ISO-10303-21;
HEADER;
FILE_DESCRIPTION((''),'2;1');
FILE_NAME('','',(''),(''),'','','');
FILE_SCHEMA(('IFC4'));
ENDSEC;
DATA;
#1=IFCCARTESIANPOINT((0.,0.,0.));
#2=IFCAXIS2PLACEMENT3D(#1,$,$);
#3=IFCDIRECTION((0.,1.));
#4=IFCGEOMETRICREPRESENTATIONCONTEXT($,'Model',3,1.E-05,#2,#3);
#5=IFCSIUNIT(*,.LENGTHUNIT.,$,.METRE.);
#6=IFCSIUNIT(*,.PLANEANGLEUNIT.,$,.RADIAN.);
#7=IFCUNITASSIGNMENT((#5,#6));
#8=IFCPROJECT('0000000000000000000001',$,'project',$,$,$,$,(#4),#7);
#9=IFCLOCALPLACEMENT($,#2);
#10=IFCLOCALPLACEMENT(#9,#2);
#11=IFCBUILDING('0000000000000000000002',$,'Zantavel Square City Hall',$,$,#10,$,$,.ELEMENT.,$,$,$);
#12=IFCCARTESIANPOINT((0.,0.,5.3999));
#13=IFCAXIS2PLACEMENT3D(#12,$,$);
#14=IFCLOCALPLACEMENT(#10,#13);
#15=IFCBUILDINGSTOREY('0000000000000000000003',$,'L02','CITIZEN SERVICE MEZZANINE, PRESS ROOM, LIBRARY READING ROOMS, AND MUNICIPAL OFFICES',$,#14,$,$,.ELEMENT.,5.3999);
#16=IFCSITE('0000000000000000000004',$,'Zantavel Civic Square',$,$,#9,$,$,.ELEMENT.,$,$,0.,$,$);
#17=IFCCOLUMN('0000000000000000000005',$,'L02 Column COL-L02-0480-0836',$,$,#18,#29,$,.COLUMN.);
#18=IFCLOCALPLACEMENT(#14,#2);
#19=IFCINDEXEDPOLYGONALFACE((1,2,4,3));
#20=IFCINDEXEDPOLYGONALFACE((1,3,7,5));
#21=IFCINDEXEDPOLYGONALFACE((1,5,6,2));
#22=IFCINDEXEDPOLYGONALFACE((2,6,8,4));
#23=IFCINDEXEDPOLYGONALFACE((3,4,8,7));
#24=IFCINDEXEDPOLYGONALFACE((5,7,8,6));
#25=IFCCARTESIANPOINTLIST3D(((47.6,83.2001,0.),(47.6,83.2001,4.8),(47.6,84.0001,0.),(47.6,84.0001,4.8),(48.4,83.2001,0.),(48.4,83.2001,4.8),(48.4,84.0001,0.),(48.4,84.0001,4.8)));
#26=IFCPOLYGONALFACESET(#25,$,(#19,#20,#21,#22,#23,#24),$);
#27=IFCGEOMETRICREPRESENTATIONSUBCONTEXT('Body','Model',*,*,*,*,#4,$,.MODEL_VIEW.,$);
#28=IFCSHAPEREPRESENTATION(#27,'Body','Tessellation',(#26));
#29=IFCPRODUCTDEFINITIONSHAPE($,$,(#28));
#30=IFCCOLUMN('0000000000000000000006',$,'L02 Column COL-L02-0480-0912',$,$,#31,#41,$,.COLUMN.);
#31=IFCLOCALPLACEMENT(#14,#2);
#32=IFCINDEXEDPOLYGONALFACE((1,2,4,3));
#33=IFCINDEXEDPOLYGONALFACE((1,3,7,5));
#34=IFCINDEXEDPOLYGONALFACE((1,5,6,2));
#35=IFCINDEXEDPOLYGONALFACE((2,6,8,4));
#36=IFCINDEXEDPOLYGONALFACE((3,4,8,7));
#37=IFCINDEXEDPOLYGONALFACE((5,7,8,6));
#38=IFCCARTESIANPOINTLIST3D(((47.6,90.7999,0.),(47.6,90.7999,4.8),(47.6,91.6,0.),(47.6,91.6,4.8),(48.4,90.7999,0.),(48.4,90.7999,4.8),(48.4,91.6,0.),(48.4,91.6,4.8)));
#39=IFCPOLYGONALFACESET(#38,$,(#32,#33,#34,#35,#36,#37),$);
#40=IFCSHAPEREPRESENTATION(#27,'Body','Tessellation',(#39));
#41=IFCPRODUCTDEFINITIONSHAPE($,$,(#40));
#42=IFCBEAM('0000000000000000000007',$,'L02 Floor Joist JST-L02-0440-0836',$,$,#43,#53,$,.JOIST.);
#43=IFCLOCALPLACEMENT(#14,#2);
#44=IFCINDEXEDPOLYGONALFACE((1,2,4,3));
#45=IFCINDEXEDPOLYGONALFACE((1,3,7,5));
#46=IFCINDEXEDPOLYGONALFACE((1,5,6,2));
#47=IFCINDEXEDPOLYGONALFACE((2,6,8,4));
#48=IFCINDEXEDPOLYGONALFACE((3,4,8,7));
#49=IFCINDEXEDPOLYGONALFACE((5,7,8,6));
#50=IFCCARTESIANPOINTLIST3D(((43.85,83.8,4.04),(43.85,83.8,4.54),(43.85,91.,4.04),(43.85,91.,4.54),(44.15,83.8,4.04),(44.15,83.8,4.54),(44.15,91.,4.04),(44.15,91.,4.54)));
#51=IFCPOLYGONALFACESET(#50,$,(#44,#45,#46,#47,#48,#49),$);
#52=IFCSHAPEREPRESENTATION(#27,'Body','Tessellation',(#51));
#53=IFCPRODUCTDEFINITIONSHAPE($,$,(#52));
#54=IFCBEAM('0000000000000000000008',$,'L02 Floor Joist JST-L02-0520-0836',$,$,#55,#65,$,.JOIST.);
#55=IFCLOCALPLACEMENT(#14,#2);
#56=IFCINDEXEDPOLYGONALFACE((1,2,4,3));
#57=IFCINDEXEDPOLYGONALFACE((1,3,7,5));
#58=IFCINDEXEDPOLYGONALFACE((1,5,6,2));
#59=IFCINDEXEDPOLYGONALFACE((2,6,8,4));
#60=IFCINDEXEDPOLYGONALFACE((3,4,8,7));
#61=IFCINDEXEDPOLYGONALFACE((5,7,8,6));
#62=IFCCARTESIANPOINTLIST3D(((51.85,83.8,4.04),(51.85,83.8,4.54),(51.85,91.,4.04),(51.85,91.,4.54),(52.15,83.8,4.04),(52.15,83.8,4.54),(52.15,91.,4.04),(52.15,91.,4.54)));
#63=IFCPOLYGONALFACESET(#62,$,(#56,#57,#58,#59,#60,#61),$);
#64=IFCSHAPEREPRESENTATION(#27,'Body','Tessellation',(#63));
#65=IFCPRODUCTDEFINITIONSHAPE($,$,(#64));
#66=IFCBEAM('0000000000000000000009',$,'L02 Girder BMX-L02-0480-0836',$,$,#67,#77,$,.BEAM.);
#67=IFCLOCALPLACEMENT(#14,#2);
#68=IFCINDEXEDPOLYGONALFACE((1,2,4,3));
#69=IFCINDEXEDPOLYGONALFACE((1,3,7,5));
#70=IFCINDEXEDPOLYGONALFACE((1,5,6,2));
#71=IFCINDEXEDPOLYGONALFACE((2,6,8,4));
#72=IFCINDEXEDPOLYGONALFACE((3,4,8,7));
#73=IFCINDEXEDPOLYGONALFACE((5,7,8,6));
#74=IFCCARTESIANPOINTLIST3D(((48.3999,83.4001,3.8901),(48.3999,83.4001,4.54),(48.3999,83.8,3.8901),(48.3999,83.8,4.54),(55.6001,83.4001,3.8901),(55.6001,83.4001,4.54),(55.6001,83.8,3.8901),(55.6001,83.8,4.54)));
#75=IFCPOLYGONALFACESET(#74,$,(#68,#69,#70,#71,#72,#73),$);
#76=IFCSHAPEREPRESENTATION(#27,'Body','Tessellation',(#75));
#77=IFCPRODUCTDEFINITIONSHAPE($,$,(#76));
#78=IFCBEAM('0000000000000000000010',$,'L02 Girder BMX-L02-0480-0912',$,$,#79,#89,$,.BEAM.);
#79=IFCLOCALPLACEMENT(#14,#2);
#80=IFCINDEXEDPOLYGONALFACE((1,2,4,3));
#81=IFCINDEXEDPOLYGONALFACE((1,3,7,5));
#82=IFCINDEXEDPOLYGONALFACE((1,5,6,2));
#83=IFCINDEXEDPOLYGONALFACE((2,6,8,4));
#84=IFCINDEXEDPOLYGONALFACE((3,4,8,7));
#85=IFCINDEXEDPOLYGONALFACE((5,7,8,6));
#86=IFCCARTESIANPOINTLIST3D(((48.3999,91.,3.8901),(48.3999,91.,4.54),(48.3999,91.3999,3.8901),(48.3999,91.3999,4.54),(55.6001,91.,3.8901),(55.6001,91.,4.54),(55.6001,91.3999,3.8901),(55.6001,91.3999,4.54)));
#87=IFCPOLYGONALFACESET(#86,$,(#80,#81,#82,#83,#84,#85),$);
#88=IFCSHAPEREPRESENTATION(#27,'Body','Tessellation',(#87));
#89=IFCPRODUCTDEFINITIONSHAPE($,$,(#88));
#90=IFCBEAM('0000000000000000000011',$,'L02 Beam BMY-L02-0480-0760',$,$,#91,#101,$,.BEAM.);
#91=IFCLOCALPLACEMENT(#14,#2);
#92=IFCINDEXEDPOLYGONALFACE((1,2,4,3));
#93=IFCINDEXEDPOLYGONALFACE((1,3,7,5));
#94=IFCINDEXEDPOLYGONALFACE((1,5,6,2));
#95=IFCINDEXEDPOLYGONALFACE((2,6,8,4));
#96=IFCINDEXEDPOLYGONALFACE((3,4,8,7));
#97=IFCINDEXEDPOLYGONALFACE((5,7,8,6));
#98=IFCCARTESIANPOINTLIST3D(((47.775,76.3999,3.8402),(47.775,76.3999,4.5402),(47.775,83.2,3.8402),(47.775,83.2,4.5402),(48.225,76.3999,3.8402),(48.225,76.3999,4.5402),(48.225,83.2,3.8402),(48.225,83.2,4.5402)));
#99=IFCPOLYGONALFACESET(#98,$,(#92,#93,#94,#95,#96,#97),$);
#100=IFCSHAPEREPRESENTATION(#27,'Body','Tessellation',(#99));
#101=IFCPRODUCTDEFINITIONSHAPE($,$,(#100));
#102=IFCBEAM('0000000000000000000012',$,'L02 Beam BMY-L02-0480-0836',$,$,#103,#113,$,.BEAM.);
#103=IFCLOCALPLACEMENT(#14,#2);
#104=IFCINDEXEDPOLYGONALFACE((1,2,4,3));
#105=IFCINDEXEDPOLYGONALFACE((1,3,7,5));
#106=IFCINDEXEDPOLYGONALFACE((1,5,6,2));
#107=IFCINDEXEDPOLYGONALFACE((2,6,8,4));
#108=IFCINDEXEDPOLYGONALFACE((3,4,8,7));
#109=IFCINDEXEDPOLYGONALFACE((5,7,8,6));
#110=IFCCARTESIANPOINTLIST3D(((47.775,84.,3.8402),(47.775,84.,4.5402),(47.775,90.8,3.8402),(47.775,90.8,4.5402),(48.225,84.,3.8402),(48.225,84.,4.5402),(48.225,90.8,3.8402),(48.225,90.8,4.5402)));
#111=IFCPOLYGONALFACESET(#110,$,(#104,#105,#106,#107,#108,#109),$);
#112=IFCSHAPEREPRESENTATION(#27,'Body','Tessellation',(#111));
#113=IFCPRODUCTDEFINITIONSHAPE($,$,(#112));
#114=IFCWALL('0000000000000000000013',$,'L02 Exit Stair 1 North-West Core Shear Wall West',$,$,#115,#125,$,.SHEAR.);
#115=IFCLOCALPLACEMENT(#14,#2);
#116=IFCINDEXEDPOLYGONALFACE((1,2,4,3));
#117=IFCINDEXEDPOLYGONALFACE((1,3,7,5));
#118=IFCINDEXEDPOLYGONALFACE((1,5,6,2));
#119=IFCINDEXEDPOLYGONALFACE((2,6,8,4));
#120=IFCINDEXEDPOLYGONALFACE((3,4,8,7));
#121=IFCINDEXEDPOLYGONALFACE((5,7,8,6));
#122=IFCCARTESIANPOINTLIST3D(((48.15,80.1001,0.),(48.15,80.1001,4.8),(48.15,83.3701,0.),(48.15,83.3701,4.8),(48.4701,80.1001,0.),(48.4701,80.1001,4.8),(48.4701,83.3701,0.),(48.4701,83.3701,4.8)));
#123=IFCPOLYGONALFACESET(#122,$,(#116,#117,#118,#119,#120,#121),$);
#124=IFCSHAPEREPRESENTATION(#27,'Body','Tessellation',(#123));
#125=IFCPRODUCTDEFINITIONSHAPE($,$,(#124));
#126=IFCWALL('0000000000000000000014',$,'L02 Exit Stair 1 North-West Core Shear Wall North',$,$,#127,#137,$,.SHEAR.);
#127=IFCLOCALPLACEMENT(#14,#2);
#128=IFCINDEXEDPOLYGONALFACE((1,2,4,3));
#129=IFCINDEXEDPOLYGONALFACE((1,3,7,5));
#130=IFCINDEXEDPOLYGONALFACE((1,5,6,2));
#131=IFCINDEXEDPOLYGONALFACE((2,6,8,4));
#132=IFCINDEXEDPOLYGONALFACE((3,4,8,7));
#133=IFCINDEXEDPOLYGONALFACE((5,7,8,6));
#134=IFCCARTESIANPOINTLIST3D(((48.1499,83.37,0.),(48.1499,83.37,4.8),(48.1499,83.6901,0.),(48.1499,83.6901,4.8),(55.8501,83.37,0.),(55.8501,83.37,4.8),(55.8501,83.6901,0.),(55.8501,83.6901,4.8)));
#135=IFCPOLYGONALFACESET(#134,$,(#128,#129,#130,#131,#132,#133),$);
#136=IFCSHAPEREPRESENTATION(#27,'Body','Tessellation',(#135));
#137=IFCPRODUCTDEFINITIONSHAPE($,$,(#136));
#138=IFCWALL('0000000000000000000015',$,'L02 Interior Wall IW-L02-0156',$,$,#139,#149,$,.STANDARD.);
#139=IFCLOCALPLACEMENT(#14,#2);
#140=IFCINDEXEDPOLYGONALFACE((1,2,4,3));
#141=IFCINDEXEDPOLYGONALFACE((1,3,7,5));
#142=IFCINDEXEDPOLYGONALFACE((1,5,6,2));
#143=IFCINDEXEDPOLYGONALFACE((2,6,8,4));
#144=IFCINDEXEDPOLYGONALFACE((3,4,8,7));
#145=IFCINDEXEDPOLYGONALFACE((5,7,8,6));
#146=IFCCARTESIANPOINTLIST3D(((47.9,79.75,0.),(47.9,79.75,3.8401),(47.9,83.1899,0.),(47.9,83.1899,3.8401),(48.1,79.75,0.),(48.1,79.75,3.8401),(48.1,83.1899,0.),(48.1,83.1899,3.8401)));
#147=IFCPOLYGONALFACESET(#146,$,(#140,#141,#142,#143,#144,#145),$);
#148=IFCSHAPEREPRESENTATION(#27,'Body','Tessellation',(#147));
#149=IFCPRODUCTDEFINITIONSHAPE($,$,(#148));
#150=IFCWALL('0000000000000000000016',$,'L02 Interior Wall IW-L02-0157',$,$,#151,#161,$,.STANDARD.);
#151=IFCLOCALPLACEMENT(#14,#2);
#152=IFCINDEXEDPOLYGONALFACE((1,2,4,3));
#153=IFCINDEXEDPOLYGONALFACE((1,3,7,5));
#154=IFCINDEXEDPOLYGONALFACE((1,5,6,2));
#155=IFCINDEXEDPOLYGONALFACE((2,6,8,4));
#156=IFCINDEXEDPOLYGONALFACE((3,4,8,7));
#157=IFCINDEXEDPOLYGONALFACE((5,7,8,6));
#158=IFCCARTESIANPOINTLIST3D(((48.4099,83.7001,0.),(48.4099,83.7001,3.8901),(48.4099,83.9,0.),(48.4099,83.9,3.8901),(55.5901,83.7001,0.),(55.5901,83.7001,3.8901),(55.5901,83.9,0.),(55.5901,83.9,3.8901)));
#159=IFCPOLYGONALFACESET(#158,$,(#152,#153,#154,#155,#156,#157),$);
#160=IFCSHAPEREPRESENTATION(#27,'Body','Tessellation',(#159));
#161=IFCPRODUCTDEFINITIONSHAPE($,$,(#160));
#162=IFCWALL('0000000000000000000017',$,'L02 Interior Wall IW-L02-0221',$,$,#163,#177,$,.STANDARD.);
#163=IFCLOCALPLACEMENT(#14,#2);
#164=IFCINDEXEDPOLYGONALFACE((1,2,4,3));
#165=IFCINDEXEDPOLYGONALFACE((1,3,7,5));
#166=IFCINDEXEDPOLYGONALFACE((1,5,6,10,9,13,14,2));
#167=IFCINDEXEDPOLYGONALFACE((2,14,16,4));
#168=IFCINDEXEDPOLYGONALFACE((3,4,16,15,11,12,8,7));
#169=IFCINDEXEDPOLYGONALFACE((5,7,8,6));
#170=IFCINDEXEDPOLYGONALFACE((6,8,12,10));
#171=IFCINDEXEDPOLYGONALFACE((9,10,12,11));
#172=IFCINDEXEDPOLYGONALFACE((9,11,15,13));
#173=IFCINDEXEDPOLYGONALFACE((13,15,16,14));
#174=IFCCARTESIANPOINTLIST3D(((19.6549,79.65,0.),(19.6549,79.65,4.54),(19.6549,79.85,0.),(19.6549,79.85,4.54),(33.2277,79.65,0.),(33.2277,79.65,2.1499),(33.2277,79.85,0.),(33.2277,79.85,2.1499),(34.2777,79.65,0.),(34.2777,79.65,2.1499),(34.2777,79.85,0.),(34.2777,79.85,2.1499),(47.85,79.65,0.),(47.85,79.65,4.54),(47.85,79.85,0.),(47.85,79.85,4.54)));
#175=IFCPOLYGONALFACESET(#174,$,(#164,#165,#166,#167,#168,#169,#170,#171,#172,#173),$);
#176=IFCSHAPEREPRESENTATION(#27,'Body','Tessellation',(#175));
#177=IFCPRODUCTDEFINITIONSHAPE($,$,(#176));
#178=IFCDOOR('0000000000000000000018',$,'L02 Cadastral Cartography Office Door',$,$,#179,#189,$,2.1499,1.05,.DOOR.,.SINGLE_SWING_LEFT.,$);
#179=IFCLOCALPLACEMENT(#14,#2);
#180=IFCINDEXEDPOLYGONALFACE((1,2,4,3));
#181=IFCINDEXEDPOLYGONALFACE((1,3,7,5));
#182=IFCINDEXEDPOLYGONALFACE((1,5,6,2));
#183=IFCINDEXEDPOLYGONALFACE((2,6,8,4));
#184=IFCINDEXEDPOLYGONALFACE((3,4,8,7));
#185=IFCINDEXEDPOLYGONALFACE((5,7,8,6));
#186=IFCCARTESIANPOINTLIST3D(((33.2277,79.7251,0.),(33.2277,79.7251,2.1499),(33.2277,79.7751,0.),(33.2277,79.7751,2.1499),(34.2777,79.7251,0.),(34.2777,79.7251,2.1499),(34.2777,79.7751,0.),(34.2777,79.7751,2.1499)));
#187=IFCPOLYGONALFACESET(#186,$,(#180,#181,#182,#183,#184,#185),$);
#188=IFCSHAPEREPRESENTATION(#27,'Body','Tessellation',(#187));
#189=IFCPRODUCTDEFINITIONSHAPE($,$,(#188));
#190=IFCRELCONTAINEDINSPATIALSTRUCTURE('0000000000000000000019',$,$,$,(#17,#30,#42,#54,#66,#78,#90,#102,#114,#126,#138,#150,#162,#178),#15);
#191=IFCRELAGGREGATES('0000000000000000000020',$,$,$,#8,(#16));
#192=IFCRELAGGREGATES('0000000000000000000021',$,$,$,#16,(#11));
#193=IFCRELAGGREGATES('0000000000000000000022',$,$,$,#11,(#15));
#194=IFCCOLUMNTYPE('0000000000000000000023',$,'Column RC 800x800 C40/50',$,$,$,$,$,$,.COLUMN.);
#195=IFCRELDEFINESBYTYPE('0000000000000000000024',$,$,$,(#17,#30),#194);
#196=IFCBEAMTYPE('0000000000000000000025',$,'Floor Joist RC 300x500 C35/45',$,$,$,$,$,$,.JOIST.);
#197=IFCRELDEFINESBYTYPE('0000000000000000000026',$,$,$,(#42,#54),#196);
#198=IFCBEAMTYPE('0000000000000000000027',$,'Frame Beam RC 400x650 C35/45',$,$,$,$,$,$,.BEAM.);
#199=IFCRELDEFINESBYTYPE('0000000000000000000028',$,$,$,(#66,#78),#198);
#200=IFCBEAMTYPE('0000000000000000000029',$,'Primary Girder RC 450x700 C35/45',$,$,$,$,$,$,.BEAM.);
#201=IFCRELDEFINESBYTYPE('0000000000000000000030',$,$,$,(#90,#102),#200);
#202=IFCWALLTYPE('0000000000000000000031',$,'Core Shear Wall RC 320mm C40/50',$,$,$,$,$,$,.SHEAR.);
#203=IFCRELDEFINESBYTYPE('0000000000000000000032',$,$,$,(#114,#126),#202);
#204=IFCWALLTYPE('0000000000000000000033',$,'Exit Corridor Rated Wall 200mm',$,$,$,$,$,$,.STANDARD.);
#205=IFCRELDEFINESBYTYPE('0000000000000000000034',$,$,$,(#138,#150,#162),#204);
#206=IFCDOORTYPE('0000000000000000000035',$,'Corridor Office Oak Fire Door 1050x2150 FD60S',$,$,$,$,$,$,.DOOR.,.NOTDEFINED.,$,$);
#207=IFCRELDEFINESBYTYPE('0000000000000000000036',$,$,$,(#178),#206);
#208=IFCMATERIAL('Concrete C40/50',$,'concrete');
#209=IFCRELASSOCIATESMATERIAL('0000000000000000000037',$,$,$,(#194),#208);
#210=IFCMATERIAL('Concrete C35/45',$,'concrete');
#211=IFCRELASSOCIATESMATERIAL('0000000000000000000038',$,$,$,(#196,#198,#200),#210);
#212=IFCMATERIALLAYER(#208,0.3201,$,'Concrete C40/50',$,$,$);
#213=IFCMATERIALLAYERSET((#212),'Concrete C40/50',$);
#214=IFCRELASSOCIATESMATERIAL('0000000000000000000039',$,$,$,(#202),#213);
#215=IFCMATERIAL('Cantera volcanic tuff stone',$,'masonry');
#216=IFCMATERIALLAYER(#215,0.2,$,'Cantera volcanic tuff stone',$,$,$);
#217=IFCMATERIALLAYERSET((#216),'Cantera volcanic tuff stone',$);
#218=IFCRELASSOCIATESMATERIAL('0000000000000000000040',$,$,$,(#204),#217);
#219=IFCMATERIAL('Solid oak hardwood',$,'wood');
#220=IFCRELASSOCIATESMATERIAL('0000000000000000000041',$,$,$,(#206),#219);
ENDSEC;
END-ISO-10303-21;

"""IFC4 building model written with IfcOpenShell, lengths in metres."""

from ifc_helpers import new_model, si_unit, direction, frame, frame_2d, origin, origin_2d, place, context, subcontext, project, spatial, rectangle, extrude, material, layer, layer_set, material_profile, profile_set, type_object, element, fill, save


model = new_model("IFC4")

# Units and contexts
model_context = context("Model", 3, precision=1e-05, world=origin(), true_north=direction((0.0, 1.0)))
body_context = subcontext(model_context, "Body", "Model", "MODEL_VIEW")
ifc_project = project(units=[si_unit("LENGTHUNIT", "METRE"), si_unit("PLANEANGLEUNIT", "RADIAN")], contexts=[model_context])

# Site, building, storey
site_placement = place(None, origin())
site = spatial("IfcSite", under=ifc_project, at=site_placement, Name="Zantavel Civic Square", CompositionType="ELEMENT", RefElevation=0.0)
building_placement = place(site_placement, origin())
building = spatial("IfcBuilding", under=site, at=building_placement, Name="Zantavel Square City Hall", CompositionType="ELEMENT")
storey_placement = place(building_placement, frame((0.0, 0.0, 5.3999)))
storey = spatial("IfcBuildingStorey", under=building, at=storey_placement, Name="L02", Description="CITIZEN SERVICE MEZZANINE, PRESS ROOM, LIBRARY READING ROOMS, AND MUNICIPAL OFFICES", CompositionType="ELEMENT", Elevation=5.3999)

# Columns
ifc_material_1 = material(Name="Concrete C40/50", Category="concrete")
ifc_material_profile_1 = material_profile(ifc_material_1, rectangle(XDim=0.8, YDim=0.8, at=origin_2d()), Name="RC 800x800")
ifc_profile_set_1 = profile_set([ifc_material_profile_1], Name="Concrete C40/50")
column_type = type_object("IfcColumnType", Name="Column RC 800x800 C40/50", PredefinedType="COLUMN", material=ifc_profile_set_1)
for number, where, z_axis, x_axis, name in (
    (1, (48.0, 83.6001, 0.0), (0.0, 0.0, 1.0), (1.0, 0.0, 0.0), "L02 Column COL-L02-0480-0836"),
    (2, (48.0, 91.2, 0.0), (0.0, 0.0, 1.0), (1.0, 0.0, 0.0), "L02 Column COL-L02-0480-0912"),
):
    element("IfcColumn", number, at=place(storey_placement, frame(where, z_axis=z_axis, x_axis=x_axis)), inside=storey, type_object=column_type, Name=name, PredefinedType="COLUMN", context=body_context, shape_type="SweptSolid", body=[
        extrude(rectangle(XDim=0.8, YDim=0.8, at=origin_2d()), origin(), (0.0, 0.0, 1.0), 4.8),
    ])

# Beams
ifc_material_2 = material(Name="Concrete C35/45", Category="concrete")
ifc_material_profile_2 = material_profile(ifc_material_2, rectangle(XDim=0.3, YDim=0.5, at=origin_2d()), Name="RC 300x500")
ifc_profile_set_2 = profile_set([ifc_material_profile_2], Name="Concrete C35/45")
beam_type_1 = type_object("IfcBeamType", Name="Floor Joist RC 300x500 C35/45", PredefinedType="JOIST", material=ifc_profile_set_2)
for number, where, z_axis, x_axis, name in (
    (3, (44.0, 83.8, 4.29), (0.0, 1.0, 0.0), (-1.0, 0.0, 0.0), "L02 Floor Joist JST-L02-0440-0836"),
    (4, (52.0, 83.8, 4.29), (0.0, 1.0, 0.0), (-1.0, 0.0, 0.0), "L02 Floor Joist JST-L02-0520-0836"),
):
    element("IfcBeam", number, at=place(storey_placement, frame(where, z_axis=z_axis, x_axis=x_axis)), inside=storey, type_object=beam_type_1, Name=name, PredefinedType="JOIST", context=body_context, shape_type="SweptSolid", body=[
        extrude(rectangle(XDim=0.3, YDim=0.5, at=origin_2d()), origin(), (0.0, 0.0, 1.0), 7.2),
    ])
ifc_material_profile_3 = material_profile(ifc_material_2, rectangle(XDim=0.3999, YDim=0.6499, at=origin_2d()), Name="RC 400x650")
ifc_profile_set_3 = profile_set([ifc_material_profile_3], Name="Concrete C35/45")
beam_type_2 = type_object("IfcBeamType", Name="Frame Beam RC 400x650 C35/45", PredefinedType="BEAM", material=ifc_profile_set_3)
for number, where, z_axis, x_axis, name in (
    (5, (48.3999, 83.6001, 4.2151), (1.0, 0.0, 0.0), (0.0, 1.0, 0.0), "L02 Girder BMX-L02-0480-0836"),
    (6, (48.3999, 91.2, 4.2151), (1.0, 0.0, 0.0), (0.0, 1.0, 0.0), "L02 Girder BMX-L02-0480-0912"),
):
    element("IfcBeam", number, at=place(storey_placement, frame(where, z_axis=z_axis, x_axis=x_axis)), inside=storey, type_object=beam_type_2, Name=name, PredefinedType="BEAM", context=body_context, shape_type="SweptSolid", body=[
        extrude(rectangle(XDim=0.3999, YDim=0.6499, at=origin_2d()), origin(), (0.0, 0.0, 1.0), 7.2002),
    ])
ifc_material_profile_4 = material_profile(ifc_material_2, rectangle(XDim=0.45, YDim=0.7, at=origin_2d()), Name="RC 450x700")
ifc_profile_set_4 = profile_set([ifc_material_profile_4], Name="Concrete C35/45")
beam_type_3 = type_object("IfcBeamType", Name="Primary Girder RC 450x700 C35/45", PredefinedType="BEAM", material=ifc_profile_set_4)
for number, where, z_axis, x_axis, name in (
    (7, (48.0, 76.3999, 4.1902), (0.0, 1.0, 0.0), (-1.0, 0.0, 0.0), "L02 Beam BMY-L02-0480-0760"),
    (8, (48.0, 84.0, 4.1902), (0.0, 1.0, 0.0), (-1.0, 0.0, 0.0), "L02 Beam BMY-L02-0480-0836"),
):
    element("IfcBeam", number, at=place(storey_placement, frame(where, z_axis=z_axis, x_axis=x_axis)), inside=storey, type_object=beam_type_3, Name=name, PredefinedType="BEAM", context=body_context, shape_type="SweptSolid", body=[
        extrude(rectangle(XDim=0.45, YDim=0.7, at=origin_2d()), origin(), (0.0, 0.0, 1.0), 6.8),
    ])

# Walls
ifc_layer_1 = layer(ifc_material_1, 0.3201, Name="Concrete C40/50")
ifc_layer_set_1 = layer_set([ifc_layer_1], Name="Concrete C40/50")
wall_type_1 = type_object("IfcWallType", Name="Core Shear Wall RC 320mm C40/50", PredefinedType="SHEAR", material=ifc_layer_set_1)
wall_1_placement = place(storey_placement, frame((48.3101, 80.1001, 0.0), z_axis=(0.0, 0.0, 1.0), x_axis=(0.0, 1.0, 0.0)))
element("IfcWall", 9, at=wall_1_placement, inside=storey, type_object=wall_type_1, Name="L02 Exit Stair 1 North-West Core Shear Wall West", PredefinedType="SHEAR", context=body_context, shape_type="SweptSolid", body=[
    extrude(rectangle(XDim=3.27, YDim=0.3201, at=frame_2d((1.635, 0.0))), origin(), (0.0, 0.0, 1.0), 4.8),
])
wall_2_placement = place(storey_placement, frame((48.1499, 83.53, 0.0), z_axis=(0.0, 0.0, 1.0), x_axis=(1.0, 0.0, 0.0)))
element("IfcWall", 10, at=wall_2_placement, inside=storey, type_object=wall_type_1, Name="L02 Exit Stair 1 North-West Core Shear Wall North", PredefinedType="SHEAR", context=body_context, shape_type="SweptSolid", body=[
    extrude(rectangle(XDim=7.7002, YDim=0.3201, at=frame_2d((3.8501, 0.0))), origin(), (0.0, 0.0, 1.0), 4.8),
])
ifc_material_3 = material(Name="Cantera volcanic tuff stone", Category="masonry")
ifc_layer_2 = layer(ifc_material_3, 0.2, Name="Cantera volcanic tuff stone")
ifc_layer_set_2 = layer_set([ifc_layer_2], Name="Cantera volcanic tuff stone")
wall_type_2 = type_object("IfcWallType", Name="Exit Corridor Rated Wall 200mm", PredefinedType="STANDARD", material=ifc_layer_set_2)
wall_3_placement = place(storey_placement, frame((48.0, 79.75, 0.0), z_axis=(0.0, 0.0, 1.0), x_axis=(0.0, 1.0, 0.0)))
element("IfcWall", 11, at=wall_3_placement, inside=storey, type_object=wall_type_2, Name="L02 Interior Wall IW-L02-0156", PredefinedType="STANDARD", context=body_context, shape_type="SweptSolid", body=[
    extrude(rectangle(XDim=3.4399, YDim=0.2, at=frame_2d((1.72, 0.0))), origin(), (0.0, 0.0, 1.0), 3.8401),
])
wall_4_placement = place(storey_placement, frame((48.4099, 83.8, 0.0), z_axis=(0.0, 0.0, 1.0), x_axis=(1.0, 0.0, 0.0)))
element("IfcWall", 12, at=wall_4_placement, inside=storey, type_object=wall_type_2, Name="L02 Interior Wall IW-L02-0157", PredefinedType="STANDARD", context=body_context, shape_type="SweptSolid", body=[
    extrude(rectangle(XDim=7.1802, YDim=0.2, at=frame_2d((3.5901, 0.0))), origin(), (0.0, 0.0, 1.0), 3.8901),
])

# Wall, opening, door
wall_5_placement = place(storey_placement, frame((47.8501, 79.75, 0.0), z_axis=(0.0, 0.0, 1.0), x_axis=(-1.0, 0.0, 0.0)))
wall_5 = element("IfcWall", 13, at=wall_5_placement, inside=storey, type_object=wall_type_2, Name="L02 Interior Wall IW-L02-0221", PredefinedType="STANDARD", context=body_context, shape_type="SweptSolid", body=[
    extrude(rectangle(XDim=28.1951, YDim=0.2, at=frame_2d((14.0977, 0.0))), origin(), (0.0, 0.0, 1.0), 4.54),
])
opening_placement = place(wall_5_placement, frame((13.5725, 0.0, 0.0)))
opening = element("IfcOpeningElement", 14, at=opening_placement, cuts=wall_5, PredefinedType="OPENING", context=body_context, shape_type="SweptSolid", body=[
    extrude(rectangle(XDim=1.05, YDim=2.1499, at=frame_2d((0.5249, 1.075))), frame((0.0, 0.1099, 0.0), z_axis=(0.0, -1.0, 0.0), x_axis=(1.0, 0.0, 0.0)), (0.0, 0.0, 1.0), 0.22),
])
ifc_material_4 = material(Name="Solid oak hardwood", Category="wood")
door_type = type_object("IfcDoorType", Name="Corridor Office Oak Fire Door 1050x2150 FD60S", OperationType="NOTDEFINED", PredefinedType="DOOR", material=ifc_material_4)
door_placement = place(opening_placement, origin())
door = element("IfcDoor", 15, at=door_placement, inside=storey, type_object=door_type, Name="L02 Cadastral Cartography Office Door", OperationType="SINGLE_SWING_LEFT", OverallHeight=2.1499, OverallWidth=1.05, PredefinedType="DOOR", context=body_context, shape_type="SweptSolid", body=[
    extrude(rectangle(XDim=1.05, YDim=2.1499, at=frame_2d((0.5249, 1.075))), frame((0.0, 0.0249, 0.0), z_axis=(0.0, -1.0, 0.0), x_axis=(1.0, 0.0, 0.0)), (0.0, 0.0, 1.0), 0.05),
])
fill(opening, door)

save(model, "model.ifc")
